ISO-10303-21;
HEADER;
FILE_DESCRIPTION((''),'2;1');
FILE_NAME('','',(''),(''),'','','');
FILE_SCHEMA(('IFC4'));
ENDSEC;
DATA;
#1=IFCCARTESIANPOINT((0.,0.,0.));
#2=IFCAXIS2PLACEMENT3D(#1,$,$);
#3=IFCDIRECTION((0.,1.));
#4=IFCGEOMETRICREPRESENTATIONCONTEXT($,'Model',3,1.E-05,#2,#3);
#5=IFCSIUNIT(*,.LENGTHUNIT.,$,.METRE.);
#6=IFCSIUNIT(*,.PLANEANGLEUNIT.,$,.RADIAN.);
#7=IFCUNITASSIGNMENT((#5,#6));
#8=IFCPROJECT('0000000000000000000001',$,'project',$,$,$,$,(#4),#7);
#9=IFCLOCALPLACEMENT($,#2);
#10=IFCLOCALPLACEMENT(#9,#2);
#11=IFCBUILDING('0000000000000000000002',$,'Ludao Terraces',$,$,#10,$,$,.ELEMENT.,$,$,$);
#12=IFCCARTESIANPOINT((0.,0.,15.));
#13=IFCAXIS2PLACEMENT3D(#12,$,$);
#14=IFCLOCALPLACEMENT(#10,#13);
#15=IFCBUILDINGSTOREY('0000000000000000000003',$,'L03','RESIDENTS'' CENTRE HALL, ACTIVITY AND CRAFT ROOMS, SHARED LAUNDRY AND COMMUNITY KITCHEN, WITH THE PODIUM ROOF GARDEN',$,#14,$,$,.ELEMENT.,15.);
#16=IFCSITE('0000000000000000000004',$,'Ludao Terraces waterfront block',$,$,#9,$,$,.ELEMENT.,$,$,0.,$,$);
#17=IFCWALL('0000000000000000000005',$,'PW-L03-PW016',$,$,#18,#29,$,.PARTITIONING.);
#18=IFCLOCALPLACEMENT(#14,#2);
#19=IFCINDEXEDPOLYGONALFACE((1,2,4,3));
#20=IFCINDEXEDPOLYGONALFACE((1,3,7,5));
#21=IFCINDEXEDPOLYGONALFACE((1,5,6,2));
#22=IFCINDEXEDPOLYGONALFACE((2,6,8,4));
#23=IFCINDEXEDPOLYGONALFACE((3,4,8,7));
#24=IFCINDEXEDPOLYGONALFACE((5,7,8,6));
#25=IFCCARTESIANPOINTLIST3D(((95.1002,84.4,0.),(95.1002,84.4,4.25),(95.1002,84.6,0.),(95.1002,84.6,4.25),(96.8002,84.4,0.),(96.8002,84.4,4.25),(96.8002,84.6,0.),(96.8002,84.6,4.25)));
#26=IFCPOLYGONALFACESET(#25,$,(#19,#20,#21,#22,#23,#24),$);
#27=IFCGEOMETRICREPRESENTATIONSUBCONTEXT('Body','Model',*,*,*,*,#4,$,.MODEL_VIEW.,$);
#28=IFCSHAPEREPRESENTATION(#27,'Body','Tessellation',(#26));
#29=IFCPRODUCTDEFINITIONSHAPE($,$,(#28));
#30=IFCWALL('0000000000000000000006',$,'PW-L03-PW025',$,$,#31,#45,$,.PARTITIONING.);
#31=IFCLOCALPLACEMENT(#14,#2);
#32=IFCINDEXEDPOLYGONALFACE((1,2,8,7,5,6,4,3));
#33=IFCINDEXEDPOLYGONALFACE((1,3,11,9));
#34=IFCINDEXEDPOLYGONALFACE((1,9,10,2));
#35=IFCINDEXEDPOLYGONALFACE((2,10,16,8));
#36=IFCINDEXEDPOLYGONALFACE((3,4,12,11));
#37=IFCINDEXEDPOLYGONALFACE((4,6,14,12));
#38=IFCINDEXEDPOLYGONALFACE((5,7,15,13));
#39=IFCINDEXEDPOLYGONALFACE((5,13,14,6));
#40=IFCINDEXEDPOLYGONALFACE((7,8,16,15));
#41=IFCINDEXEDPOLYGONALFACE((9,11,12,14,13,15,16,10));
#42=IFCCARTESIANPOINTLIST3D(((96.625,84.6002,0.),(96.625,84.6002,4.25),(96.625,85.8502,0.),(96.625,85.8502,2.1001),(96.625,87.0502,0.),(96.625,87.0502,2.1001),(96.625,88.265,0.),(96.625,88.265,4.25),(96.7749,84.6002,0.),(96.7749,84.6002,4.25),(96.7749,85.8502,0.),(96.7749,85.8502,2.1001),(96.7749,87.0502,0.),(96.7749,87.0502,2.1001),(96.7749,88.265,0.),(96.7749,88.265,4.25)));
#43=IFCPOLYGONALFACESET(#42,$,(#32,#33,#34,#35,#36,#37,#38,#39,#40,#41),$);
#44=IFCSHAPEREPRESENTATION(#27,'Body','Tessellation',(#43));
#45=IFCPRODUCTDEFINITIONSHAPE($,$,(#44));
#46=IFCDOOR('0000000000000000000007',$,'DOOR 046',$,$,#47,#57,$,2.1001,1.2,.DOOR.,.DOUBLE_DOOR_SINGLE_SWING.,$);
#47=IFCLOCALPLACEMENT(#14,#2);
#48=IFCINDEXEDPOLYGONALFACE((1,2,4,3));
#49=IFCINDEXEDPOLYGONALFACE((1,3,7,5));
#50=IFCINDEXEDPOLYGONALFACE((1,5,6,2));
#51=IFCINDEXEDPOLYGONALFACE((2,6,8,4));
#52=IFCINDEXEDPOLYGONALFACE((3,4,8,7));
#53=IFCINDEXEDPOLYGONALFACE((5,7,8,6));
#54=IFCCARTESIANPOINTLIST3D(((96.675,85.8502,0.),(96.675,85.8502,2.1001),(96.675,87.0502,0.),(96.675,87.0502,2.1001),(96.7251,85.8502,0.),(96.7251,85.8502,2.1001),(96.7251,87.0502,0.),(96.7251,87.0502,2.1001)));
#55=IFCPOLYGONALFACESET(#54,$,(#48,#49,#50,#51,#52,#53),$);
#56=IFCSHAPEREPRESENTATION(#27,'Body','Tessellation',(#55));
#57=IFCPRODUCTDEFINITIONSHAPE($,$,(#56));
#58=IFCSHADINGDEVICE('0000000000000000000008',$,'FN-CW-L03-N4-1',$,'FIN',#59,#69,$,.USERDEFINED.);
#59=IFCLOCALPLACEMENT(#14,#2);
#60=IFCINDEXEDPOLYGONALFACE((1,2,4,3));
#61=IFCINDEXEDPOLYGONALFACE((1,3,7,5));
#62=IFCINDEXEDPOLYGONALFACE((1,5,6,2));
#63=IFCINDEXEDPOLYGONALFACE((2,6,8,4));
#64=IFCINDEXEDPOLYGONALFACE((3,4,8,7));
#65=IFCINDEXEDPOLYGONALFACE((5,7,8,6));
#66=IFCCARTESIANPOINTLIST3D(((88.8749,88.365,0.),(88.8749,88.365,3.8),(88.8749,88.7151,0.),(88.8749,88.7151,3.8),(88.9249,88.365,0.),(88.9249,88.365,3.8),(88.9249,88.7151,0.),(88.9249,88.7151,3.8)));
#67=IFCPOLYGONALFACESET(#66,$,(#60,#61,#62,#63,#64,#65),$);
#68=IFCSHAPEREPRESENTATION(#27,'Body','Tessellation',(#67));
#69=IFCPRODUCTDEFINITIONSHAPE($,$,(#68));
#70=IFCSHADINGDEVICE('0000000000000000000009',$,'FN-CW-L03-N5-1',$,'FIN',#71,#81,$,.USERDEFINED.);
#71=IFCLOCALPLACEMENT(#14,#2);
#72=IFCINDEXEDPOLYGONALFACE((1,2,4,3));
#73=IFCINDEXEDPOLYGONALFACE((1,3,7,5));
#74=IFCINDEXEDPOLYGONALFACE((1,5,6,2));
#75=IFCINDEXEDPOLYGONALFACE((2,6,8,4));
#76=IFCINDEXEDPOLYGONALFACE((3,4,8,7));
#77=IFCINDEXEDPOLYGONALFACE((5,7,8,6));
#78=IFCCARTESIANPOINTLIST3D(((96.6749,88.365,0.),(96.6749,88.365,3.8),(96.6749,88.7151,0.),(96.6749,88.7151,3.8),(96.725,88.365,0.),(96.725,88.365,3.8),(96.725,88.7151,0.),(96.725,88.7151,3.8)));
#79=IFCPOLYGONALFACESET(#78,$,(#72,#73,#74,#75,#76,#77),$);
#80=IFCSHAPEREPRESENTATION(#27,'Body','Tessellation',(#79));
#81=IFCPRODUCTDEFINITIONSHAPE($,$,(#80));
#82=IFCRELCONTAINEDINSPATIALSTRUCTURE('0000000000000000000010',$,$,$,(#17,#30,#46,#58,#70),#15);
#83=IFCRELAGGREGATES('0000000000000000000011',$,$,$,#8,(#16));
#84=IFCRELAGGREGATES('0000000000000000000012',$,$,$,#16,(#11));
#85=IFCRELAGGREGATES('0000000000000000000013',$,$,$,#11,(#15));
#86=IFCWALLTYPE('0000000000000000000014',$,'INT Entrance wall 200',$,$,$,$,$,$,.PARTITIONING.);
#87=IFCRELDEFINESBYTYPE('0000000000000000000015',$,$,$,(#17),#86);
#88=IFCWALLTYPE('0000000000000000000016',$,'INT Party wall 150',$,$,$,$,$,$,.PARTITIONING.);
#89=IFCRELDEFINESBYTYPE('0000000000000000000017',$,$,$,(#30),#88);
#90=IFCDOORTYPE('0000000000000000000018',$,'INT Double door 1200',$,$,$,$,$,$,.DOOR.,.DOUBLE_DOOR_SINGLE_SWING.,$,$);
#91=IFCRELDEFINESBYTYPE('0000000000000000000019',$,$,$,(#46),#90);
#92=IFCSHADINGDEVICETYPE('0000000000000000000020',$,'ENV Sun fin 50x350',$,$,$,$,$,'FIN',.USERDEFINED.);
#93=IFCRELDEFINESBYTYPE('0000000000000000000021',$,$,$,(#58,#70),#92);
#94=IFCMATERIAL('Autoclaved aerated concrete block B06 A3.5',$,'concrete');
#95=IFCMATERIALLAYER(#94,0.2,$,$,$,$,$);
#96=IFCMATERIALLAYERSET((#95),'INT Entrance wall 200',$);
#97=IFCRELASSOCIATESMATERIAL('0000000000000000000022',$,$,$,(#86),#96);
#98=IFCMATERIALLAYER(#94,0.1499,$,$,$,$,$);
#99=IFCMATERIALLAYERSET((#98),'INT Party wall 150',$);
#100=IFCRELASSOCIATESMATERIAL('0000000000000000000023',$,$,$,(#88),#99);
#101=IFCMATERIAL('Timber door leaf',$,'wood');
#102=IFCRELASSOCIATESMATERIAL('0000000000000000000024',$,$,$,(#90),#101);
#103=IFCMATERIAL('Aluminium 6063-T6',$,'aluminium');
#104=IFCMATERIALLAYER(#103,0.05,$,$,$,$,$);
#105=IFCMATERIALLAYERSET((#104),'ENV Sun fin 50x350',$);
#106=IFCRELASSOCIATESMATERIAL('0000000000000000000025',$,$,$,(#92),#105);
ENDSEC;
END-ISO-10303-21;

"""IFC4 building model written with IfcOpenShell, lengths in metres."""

from ifc_helpers import new_model, si_unit, direction, frame, frame_2d, origin, origin_2d, place, context, subcontext, project, spatial, rectangle, extrude, material, layer, layer_set, type_object, element, fill, save


model = new_model("IFC4")

# Units and contexts
model_context = context("Model", 3, precision=1e-05, world=origin(), true_north=direction((0.0, 1.0)))
body_context = subcontext(model_context, "Body", "Model", "MODEL_VIEW")
ifc_project = project(units=[si_unit("LENGTHUNIT", "METRE"), si_unit("PLANEANGLEUNIT", "RADIAN")], contexts=[model_context])

# Site, building, storey
site_placement = place(None, origin())
site = spatial("IfcSite", under=ifc_project, at=site_placement, Name="Ludao Terraces waterfront block", CompositionType="ELEMENT", RefElevation=0.0)
building_placement = place(site_placement, origin())
building = spatial("IfcBuilding", under=site, at=building_placement, Name="Ludao Terraces", CompositionType="ELEMENT")
storey_placement = place(building_placement, frame((0.0, 0.0, 15.0)))
storey = spatial("IfcBuildingStorey", under=building, at=storey_placement, Name="L03", Description="RESIDENTS' CENTRE HALL, ACTIVITY AND CRAFT ROOMS, SHARED LAUNDRY AND COMMUNITY KITCHEN, WITH THE PODIUM ROOF GARDEN", CompositionType="ELEMENT", Elevation=15.0)

# Shared definitions
ifc_material_1 = material(Name="Aluminium 6063-T6", Category="aluminium")

# Wall
ifc_material_2 = material(Name="Autoclaved aerated concrete block B06 A3.5", Category="concrete")
ifc_layer_1 = layer(ifc_material_2, 0.2)
ifc_layer_set_1 = layer_set([ifc_layer_1], Name="INT Entrance wall 200")
wall_type_1 = type_object("IfcWallType", Name="INT Entrance wall 200", PredefinedType="PARTITIONING", material=ifc_layer_set_1)
wall_1_placement = place(storey_placement, frame((95.1001, 84.5, 0.0), z_axis=(0.0, 0.0, 1.0), x_axis=(1.0, 0.0, 0.0)))
element("IfcWall", 1, at=wall_1_placement, inside=storey, type_object=wall_type_1, Name="PW-L03-PW016", PredefinedType="PARTITIONING", context=body_context, shape_type="SweptSolid", body=[
    extrude(rectangle(XDim=1.7, YDim=0.2, at=frame_2d((0.8501, 0.0))), origin(), (0.0, 0.0, 1.0), 4.25),
])

# Wall, opening, door
ifc_layer_2 = layer(ifc_material_2, 0.1499)
ifc_layer_set_2 = layer_set([ifc_layer_2], Name="INT Party wall 150")
wall_type_2 = type_object("IfcWallType", Name="INT Party wall 150", PredefinedType="PARTITIONING", material=ifc_layer_set_2)
wall_2_placement = place(storey_placement, frame((96.7, 84.6001, 0.0), z_axis=(0.0, 0.0, 1.0), x_axis=(0.0, 1.0, 0.0)))
wall_2 = element("IfcWall", 2, at=wall_2_placement, inside=storey, type_object=wall_type_2, Name="PW-L03-PW025", PredefinedType="PARTITIONING", context=body_context, shape_type="SweptSolid", body=[
    extrude(rectangle(XDim=3.6648, YDim=0.1499, at=frame_2d((1.8325, 0.0))), origin(), (0.0, 0.0, 1.0), 4.25),
])
opening_placement = place(wall_2_placement, frame((1.25, 0.0, 0.0)))
opening = element("IfcOpeningElement", 3, at=opening_placement, cuts=wall_2, PredefinedType="OPENING", context=body_context, shape_type="SweptSolid", body=[
    extrude(rectangle(XDim=1.2, YDim=2.1001, at=frame_2d((0.6001, 1.05))), frame((0.0, 0.085, 0.0), z_axis=(0.0, -1.0, 0.0), x_axis=(1.0, 0.0, 0.0)), (0.0, 0.0, 1.0), 0.1699),
])
ifc_material_3 = material(Name="Timber door leaf", Category="wood")
door_type = type_object("IfcDoorType", Name="INT Double door 1200", OperationType="DOUBLE_DOOR_SINGLE_SWING", PredefinedType="DOOR", material=ifc_material_3)
door_placement = place(opening_placement, origin())
door = element("IfcDoor", 4, at=door_placement, inside=storey, type_object=door_type, Name="DOOR 046", OperationType="DOUBLE_DOOR_SINGLE_SWING", OverallHeight=2.1001, OverallWidth=1.2, PredefinedType="DOOR", context=body_context, shape_type="SweptSolid", body=[
    extrude(rectangle(XDim=1.2, YDim=2.1001, at=frame_2d((0.6001, 1.05))), frame((0.0, 0.0249, 0.0), z_axis=(0.0, -1.0, 0.0), x_axis=(1.0, 0.0, 0.0)), (0.0, 0.0, 1.0), 0.05),
])
fill(opening, door)

# Shading devices
ifc_layer_3 = layer(ifc_material_1, 0.05)
ifc_layer_set_3 = layer_set([ifc_layer_3], Name="ENV Sun fin 50x350")
shading_device_type = type_object("IfcShadingDeviceType", Name="ENV Sun fin 50x350", ElementType="FIN", PredefinedType="USERDEFINED", material=ifc_layer_set_3)
for number, where, z_axis, x_axis, name in (
    (5, (88.8999, 88.54, 0.0), (0.0, 0.0, 1.0), (1.0, 0.0, 0.0), "FN-CW-L03-N4-1"),
    (6, (96.7, 88.54, 0.0), (0.0, 0.0, 1.0), (1.0, 0.0, 0.0), "FN-CW-L03-N5-1"),
):
    element("IfcShadingDevice", number, at=place(storey_placement, frame(where, z_axis=z_axis, x_axis=x_axis)), inside=storey, type_object=shading_device_type, Name=name, ObjectType="FIN", PredefinedType="USERDEFINED", context=body_context, shape_type="SweptSolid", body=[
        extrude(rectangle(XDim=0.05, YDim=0.3501, at=origin_2d()), origin(), (0.0, 0.0, 1.0), 3.8),
    ])

save(model, "model.ifc")
